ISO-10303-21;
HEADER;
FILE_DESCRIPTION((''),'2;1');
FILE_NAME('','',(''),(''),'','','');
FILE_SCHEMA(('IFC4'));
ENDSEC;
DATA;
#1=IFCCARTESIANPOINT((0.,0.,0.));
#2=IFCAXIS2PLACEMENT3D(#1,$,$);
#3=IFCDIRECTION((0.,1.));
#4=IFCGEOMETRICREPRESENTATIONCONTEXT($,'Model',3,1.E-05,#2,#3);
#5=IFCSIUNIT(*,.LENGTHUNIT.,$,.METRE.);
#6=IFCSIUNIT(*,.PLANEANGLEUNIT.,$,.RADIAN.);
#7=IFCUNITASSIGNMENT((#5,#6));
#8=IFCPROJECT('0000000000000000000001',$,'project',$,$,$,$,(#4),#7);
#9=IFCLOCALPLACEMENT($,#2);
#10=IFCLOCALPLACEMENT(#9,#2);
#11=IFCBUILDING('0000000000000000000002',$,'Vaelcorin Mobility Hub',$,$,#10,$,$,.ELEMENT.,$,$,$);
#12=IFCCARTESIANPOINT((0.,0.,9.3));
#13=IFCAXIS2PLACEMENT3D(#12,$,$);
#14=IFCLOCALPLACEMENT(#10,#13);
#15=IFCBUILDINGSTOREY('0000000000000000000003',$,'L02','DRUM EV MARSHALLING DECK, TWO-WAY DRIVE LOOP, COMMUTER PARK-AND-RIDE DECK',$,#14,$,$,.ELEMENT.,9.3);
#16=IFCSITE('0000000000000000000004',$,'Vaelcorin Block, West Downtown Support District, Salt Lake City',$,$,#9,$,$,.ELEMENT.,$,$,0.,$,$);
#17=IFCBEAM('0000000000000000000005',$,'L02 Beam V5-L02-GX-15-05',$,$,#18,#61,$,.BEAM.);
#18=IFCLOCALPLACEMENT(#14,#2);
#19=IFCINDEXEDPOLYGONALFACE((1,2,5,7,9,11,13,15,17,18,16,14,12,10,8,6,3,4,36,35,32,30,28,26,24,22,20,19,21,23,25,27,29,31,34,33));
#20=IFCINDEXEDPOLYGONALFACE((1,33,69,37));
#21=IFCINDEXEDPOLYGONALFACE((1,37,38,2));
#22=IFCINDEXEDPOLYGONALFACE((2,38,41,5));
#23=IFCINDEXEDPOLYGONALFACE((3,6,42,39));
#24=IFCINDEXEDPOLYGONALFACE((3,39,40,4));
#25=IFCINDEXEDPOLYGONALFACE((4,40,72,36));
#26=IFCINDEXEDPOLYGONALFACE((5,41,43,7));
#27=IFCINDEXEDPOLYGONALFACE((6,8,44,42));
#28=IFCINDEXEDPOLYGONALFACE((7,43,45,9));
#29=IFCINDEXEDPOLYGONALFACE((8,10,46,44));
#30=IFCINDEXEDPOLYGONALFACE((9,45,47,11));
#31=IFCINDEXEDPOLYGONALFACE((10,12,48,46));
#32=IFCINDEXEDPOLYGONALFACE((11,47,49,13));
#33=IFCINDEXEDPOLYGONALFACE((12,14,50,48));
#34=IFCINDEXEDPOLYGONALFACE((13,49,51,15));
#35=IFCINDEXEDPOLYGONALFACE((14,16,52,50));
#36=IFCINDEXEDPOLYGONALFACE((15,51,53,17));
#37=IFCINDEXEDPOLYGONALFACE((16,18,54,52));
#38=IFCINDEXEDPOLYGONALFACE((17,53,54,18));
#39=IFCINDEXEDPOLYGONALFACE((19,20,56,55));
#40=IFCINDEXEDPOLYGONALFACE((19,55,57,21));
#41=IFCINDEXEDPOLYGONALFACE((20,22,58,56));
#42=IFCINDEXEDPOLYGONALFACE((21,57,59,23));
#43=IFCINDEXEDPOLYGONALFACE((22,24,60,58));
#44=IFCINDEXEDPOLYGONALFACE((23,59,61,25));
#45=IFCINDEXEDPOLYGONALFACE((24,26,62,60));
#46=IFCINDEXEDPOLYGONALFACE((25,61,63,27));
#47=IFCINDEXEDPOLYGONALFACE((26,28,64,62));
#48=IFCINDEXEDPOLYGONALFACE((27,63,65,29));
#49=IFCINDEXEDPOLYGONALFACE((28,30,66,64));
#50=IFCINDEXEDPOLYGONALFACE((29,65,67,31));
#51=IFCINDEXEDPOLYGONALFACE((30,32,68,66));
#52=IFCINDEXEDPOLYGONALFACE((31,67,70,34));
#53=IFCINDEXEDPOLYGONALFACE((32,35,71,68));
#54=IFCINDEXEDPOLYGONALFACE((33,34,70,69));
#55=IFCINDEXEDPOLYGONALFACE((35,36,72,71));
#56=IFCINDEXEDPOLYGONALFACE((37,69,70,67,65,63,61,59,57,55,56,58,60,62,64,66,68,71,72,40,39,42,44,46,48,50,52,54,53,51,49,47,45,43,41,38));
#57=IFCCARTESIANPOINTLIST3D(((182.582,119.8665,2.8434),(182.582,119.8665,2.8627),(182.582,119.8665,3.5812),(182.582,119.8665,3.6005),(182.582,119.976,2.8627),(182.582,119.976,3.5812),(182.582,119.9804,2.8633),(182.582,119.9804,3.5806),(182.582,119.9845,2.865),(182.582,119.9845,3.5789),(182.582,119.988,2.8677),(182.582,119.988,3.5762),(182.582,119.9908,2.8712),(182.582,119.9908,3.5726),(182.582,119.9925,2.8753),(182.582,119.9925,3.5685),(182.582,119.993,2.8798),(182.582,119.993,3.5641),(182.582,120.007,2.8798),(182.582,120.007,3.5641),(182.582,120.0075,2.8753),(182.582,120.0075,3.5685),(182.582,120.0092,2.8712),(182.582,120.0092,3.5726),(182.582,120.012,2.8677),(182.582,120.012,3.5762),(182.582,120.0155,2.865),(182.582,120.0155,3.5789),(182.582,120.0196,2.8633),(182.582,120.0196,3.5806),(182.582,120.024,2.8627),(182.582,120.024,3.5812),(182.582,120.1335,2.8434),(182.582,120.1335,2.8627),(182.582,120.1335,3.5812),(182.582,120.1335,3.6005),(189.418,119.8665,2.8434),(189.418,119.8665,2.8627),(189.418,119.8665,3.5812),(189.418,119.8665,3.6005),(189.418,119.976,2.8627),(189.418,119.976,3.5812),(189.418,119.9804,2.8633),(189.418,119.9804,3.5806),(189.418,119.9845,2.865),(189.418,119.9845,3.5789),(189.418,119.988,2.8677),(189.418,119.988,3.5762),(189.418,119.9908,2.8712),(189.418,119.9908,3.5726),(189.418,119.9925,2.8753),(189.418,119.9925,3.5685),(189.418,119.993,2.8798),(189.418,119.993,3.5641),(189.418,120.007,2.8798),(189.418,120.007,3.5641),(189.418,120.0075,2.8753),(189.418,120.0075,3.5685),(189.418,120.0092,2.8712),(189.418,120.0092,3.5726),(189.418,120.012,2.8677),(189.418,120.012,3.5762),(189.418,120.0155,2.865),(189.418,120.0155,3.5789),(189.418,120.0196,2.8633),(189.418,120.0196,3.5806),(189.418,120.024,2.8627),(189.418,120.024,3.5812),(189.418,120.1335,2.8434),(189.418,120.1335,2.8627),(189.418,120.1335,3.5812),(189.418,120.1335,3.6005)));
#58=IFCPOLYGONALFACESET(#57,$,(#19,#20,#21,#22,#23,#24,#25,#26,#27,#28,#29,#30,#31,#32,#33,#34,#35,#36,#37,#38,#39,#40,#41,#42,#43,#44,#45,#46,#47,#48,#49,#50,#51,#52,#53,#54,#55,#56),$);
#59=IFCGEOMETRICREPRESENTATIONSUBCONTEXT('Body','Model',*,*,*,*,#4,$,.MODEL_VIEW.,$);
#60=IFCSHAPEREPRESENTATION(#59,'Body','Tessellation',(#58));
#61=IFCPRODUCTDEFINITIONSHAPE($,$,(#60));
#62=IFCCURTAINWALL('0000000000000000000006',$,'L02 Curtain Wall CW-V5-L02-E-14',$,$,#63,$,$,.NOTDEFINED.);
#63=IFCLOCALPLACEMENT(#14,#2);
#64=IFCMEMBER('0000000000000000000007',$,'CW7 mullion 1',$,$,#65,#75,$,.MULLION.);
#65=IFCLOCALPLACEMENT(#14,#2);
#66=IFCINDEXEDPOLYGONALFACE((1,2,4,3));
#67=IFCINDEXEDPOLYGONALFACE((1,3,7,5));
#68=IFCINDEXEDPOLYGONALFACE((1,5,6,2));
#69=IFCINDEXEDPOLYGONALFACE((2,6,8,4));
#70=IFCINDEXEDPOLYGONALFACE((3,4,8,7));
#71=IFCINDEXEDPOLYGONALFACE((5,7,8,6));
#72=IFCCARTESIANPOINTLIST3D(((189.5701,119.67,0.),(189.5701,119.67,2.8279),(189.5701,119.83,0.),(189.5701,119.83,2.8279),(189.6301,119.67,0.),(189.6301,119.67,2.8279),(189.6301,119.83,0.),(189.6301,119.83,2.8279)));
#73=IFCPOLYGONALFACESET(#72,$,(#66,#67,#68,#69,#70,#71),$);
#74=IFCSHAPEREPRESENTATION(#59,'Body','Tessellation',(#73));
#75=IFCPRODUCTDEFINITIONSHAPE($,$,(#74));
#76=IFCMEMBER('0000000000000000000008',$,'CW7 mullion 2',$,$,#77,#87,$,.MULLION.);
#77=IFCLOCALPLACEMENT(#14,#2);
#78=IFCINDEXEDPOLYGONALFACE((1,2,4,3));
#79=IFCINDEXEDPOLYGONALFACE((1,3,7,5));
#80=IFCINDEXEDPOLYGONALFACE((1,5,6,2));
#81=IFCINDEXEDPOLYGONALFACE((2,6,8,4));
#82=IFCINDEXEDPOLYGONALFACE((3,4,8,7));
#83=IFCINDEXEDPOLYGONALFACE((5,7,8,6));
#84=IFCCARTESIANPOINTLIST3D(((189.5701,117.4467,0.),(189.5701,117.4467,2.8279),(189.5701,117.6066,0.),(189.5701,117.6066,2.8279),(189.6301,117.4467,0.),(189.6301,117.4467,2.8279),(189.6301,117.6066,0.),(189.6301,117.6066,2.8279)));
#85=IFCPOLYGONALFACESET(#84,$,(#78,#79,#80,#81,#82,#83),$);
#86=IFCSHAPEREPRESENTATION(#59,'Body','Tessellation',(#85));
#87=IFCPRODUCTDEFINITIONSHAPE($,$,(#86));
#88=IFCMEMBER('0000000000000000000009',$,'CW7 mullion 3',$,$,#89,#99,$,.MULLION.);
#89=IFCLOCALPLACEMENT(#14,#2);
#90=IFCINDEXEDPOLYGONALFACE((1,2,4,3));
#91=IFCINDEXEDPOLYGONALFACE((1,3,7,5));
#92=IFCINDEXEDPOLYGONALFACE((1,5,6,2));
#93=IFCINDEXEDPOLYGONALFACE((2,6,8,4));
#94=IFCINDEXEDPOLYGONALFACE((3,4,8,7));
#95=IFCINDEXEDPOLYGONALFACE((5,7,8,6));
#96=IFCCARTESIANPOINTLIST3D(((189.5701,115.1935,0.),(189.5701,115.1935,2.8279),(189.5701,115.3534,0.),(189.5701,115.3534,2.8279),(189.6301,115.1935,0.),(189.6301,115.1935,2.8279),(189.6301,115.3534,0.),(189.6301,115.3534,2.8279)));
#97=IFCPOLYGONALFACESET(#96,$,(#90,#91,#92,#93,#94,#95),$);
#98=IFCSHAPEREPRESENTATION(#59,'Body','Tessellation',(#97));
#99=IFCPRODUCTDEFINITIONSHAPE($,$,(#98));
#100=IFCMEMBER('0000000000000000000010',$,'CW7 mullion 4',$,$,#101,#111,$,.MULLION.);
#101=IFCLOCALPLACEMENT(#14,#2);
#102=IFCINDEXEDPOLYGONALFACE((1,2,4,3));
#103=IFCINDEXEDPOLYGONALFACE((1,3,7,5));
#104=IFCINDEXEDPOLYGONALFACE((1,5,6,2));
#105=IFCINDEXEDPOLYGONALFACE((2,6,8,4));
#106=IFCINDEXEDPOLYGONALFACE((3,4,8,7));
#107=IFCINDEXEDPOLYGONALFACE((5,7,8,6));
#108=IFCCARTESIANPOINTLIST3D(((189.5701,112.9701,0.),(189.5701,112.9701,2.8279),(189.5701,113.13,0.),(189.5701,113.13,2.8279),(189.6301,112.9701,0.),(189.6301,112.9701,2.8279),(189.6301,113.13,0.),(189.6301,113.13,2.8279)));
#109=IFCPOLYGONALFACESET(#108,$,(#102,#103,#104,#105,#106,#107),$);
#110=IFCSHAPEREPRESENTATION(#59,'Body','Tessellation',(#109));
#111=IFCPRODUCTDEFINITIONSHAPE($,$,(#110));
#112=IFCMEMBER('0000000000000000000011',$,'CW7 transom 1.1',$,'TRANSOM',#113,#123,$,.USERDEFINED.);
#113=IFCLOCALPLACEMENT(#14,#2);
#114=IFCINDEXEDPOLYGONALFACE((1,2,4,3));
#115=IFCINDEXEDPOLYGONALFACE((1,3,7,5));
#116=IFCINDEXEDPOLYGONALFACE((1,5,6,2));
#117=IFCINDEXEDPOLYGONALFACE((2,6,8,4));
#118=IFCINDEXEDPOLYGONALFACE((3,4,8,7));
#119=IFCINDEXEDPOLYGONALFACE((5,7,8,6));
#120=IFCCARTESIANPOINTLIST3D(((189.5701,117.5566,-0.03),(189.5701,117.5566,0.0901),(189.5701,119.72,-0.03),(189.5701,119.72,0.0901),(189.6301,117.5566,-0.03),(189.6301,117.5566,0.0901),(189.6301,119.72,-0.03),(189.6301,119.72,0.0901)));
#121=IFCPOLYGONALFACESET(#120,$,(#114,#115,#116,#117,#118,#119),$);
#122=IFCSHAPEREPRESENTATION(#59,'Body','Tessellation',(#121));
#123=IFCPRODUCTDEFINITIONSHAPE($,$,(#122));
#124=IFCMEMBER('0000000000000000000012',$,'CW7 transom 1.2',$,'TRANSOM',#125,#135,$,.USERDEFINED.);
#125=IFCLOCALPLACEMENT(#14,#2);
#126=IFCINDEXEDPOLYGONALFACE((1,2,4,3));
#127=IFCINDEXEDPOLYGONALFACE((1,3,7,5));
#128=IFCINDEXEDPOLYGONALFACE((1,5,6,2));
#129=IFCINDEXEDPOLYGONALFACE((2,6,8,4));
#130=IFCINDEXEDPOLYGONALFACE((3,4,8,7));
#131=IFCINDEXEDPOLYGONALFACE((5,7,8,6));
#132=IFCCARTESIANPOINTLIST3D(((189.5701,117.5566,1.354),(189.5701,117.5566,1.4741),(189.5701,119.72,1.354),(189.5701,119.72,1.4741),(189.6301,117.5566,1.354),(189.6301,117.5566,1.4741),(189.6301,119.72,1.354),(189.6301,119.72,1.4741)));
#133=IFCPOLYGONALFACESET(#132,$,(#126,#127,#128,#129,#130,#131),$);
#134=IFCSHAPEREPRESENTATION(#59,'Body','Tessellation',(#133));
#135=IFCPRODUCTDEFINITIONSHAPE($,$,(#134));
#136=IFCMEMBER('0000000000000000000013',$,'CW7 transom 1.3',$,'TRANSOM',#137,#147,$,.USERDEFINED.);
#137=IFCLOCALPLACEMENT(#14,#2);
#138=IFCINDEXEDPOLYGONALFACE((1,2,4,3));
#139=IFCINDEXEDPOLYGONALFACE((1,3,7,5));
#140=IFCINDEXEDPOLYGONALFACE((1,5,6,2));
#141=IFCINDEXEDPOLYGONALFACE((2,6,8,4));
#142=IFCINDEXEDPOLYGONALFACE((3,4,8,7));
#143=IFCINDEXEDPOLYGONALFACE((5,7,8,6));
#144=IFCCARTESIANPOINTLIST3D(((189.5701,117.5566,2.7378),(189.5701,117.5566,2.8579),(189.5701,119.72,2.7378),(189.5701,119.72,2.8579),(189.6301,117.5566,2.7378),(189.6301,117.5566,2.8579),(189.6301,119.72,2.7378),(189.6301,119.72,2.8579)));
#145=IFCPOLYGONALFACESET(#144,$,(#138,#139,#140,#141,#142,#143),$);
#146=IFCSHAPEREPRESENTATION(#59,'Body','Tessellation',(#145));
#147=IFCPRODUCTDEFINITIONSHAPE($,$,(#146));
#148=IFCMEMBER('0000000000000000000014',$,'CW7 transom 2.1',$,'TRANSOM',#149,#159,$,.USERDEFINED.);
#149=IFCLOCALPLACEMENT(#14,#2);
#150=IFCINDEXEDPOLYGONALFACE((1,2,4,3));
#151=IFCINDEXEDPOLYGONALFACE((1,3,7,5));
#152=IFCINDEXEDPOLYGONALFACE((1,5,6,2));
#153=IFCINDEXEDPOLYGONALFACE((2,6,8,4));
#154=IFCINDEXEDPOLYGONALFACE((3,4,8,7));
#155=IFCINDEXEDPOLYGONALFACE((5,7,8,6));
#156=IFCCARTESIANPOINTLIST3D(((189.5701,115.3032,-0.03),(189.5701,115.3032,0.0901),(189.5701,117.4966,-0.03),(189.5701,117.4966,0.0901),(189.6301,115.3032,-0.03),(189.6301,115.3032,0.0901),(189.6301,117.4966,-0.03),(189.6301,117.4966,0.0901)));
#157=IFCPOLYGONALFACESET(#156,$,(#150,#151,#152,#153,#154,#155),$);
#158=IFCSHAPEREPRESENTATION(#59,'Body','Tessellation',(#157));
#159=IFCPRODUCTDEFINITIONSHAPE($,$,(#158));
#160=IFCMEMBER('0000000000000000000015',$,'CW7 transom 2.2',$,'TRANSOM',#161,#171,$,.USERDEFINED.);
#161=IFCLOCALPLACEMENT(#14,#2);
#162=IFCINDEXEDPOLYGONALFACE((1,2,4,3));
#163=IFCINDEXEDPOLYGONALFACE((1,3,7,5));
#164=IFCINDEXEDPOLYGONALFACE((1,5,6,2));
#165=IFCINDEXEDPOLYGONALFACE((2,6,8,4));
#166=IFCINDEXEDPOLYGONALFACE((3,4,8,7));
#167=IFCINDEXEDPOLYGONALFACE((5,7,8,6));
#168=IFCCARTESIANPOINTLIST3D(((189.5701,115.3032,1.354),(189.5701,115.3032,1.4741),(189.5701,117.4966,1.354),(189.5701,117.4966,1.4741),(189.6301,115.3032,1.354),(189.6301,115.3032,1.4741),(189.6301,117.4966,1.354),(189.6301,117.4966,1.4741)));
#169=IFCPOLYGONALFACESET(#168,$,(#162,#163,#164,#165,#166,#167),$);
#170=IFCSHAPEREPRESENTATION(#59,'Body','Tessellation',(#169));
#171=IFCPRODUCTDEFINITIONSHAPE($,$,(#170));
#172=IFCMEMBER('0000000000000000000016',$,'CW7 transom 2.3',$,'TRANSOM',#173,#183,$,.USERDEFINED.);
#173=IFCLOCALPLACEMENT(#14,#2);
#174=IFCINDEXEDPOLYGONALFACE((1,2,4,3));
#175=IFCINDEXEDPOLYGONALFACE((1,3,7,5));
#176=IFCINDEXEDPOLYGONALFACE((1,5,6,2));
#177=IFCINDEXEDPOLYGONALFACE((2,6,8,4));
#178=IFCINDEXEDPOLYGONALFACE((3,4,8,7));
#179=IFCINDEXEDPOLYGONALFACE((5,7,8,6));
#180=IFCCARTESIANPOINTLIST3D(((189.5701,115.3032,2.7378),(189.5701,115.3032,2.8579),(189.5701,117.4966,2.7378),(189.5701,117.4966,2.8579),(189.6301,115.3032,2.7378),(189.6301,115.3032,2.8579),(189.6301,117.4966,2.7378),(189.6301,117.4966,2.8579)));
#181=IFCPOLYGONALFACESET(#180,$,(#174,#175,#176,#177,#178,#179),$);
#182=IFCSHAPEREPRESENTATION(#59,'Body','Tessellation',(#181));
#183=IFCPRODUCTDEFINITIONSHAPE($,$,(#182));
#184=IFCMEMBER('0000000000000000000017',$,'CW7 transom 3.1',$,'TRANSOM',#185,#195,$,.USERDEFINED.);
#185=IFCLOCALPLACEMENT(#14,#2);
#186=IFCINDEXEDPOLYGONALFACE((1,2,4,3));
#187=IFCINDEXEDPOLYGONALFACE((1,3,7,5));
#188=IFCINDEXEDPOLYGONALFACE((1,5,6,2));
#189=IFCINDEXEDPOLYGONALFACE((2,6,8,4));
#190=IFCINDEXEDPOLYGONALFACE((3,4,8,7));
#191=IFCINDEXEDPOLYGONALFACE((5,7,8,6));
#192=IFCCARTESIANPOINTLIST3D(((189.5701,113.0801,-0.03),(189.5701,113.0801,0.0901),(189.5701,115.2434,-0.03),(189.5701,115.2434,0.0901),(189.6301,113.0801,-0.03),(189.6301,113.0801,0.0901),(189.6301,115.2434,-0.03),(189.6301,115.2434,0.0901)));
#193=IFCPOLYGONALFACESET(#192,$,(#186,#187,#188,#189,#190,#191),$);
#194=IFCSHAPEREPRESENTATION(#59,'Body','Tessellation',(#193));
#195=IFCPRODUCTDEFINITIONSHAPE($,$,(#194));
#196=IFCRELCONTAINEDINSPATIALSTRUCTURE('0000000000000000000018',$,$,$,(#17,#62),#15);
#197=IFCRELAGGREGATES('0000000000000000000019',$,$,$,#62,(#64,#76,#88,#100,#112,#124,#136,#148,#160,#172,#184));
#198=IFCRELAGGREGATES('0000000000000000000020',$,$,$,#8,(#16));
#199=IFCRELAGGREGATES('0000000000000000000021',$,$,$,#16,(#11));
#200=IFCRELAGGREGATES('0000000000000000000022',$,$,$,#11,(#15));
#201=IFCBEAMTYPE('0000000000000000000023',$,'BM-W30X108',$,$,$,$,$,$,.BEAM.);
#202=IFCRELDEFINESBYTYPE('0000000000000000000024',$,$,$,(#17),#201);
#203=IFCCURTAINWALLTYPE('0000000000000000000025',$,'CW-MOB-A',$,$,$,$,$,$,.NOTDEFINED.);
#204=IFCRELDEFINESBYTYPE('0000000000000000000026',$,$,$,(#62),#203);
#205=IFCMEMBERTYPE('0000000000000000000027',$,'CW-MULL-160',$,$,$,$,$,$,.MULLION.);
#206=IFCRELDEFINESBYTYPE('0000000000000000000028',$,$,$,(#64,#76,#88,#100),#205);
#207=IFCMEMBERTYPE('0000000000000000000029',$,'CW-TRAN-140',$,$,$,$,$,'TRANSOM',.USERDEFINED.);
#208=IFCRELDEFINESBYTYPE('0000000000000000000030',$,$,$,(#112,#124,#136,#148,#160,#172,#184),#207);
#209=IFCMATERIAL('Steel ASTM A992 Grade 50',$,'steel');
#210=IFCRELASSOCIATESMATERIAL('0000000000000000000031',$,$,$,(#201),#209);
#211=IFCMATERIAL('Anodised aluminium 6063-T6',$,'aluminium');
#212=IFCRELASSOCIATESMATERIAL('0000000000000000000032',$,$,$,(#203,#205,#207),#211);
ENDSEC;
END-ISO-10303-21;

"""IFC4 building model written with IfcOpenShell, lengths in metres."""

from ifc_helpers import new_model, si_unit, direction, frame, origin, origin_2d, place, context, subcontext, project, spatial, rectangle, i_section, extrude, material, material_profile, profile_set, type_object, element, aggregate, save


model = new_model("IFC4")

# Units and contexts
model_context = context("Model", 3, precision=1e-05, world=origin(), true_north=direction((0.0, 1.0)))
body_context = subcontext(model_context, "Body", "Model", "MODEL_VIEW")
ifc_project = project(units=[si_unit("LENGTHUNIT", "METRE"), si_unit("PLANEANGLEUNIT", "RADIAN")], contexts=[model_context])

# Site, building, storey
site_placement = place(None, origin())
site = spatial("IfcSite", under=ifc_project, at=site_placement, Name="Vaelcorin Block, West Downtown Support District, Salt Lake City", CompositionType="ELEMENT", RefElevation=0.0)
building_placement = place(site_placement, origin())
building = spatial("IfcBuilding", under=site, at=building_placement, Name="Vaelcorin Mobility Hub", CompositionType="ELEMENT")
storey_placement = place(building_placement, frame((0.0, 0.0, 9.3)))
storey = spatial("IfcBuildingStorey", under=building, at=storey_placement, Name="L02", Description="DRUM EV MARSHALLING DECK, TWO-WAY DRIVE LOOP, COMMUTER PARK-AND-RIDE DECK", CompositionType="ELEMENT", Elevation=9.3)

# Shared definitions
ifc_material_1 = material(Name="Steel ASTM A992 Grade 50", Category="steel")

# Beam
ifc_material_profile_1 = material_profile(ifc_material_1, i_section(OverallWidth=0.2671, OverallDepth=0.7571, WebThickness=0.0139, FlangeThickness=0.0193, FilletRadius=0.0171, at=origin_2d()), Name="W30X108")
ifc_profile_set_1 = profile_set([ifc_material_profile_1], Name="Steel ASTM A992 Grade 50")
beam_type_1 = type_object("IfcBeamType", Name="BM-W30X108", PredefinedType="BEAM", material=ifc_profile_set_1)
beam_1_placement = place(storey_placement, frame((182.582, 120.0, 3.2219), z_axis=(1.0, 0.0, 0.0), x_axis=(0.0, 1.0, 0.0)))
element("IfcBeam", 1, at=beam_1_placement, inside=storey, type_object=beam_type_1, Name="L02 Beam V5-L02-GX-15-05", PredefinedType="BEAM", context=body_context, shape_type="SweptSolid", body=[
    extrude(i_section(OverallWidth=0.2671, OverallDepth=0.7571, WebThickness=0.0139, FlangeThickness=0.0193, FilletRadius=0.0171, at=origin_2d()), origin(), (0.0, 0.0, 1.0), 6.8359),
])

# Curtain wall, members
ifc_material_2 = material(Name="Anodised aluminium 6063-T6", Category="aluminium")
curtain_wall_type = type_object("IfcCurtainWallType", Name="CW-MOB-A", PredefinedType="NOTDEFINED", material=ifc_material_2)
curtain_wall_placement = place(storey_placement, origin())
curtain_wall = element("IfcCurtainWall", 2, at=curtain_wall_placement, inside=storey, type_object=curtain_wall_type, Name="L02 Curtain Wall CW-V5-L02-E-14", PredefinedType="NOTDEFINED")
ifc_material_profile_2 = material_profile(ifc_material_2, rectangle(XDim=0.0601, YDim=0.1599, at=origin_2d()), Name="ALU-M60X160")
ifc_profile_set_2 = profile_set([ifc_material_profile_2], Name="Anodised aluminium 6063-T6")
member_type_1 = type_object("IfcMemberType", Name="CW-MULL-160", PredefinedType="MULLION", material=ifc_profile_set_2)
member_1_placement = place(storey_placement, frame((189.6001, 119.75, 0.0), z_axis=(0.0, 0.0, 1.0), x_axis=(1.0, 0.0, 0.0)))
member_1 = element("IfcMember", 3, at=member_1_placement, type_object=member_type_1, Name="CW7 mullion 1", PredefinedType="MULLION", context=body_context, shape_type="SweptSolid", body=[
    extrude(rectangle(XDim=0.0601, YDim=0.1599, at=origin_2d()), origin(), (0.0, 0.0, 1.0), 2.8279),
])
member_2_placement = place(storey_placement, frame((189.6001, 117.5266, 0.0), z_axis=(0.0, 0.0, 1.0), x_axis=(1.0, 0.0, 0.0)))
member_2 = element("IfcMember", 4, at=member_2_placement, type_object=member_type_1, Name="CW7 mullion 2", PredefinedType="MULLION", context=body_context, shape_type="SweptSolid", body=[
    extrude(rectangle(XDim=0.0601, YDim=0.1599, at=origin_2d()), origin(), (0.0, 0.0, 1.0), 2.8279),
])
member_3_placement = place(storey_placement, frame((189.6001, 115.2734, 0.0), z_axis=(0.0, 0.0, 1.0), x_axis=(1.0, 0.0, 0.0)))
member_3 = element("IfcMember", 5, at=member_3_placement, type_object=member_type_1, Name="CW7 mullion 3", PredefinedType="MULLION", context=body_context, shape_type="SweptSolid", body=[
    extrude(rectangle(XDim=0.0601, YDim=0.1599, at=origin_2d()), origin(), (0.0, 0.0, 1.0), 2.8279),
])
member_4_placement = place(storey_placement, frame((189.6001, 113.05, 0.0), z_axis=(0.0, 0.0, 1.0), x_axis=(1.0, 0.0, 0.0)))
member_4 = element("IfcMember", 6, at=member_4_placement, type_object=member_type_1, Name="CW7 mullion 4", PredefinedType="MULLION", context=body_context, shape_type="SweptSolid", body=[
    extrude(rectangle(XDim=0.0601, YDim=0.1599, at=origin_2d()), origin(), (0.0, 0.0, 1.0), 2.8279),
])
ifc_material_profile_3 = material_profile(ifc_material_2, rectangle(XDim=0.0601, YDim=0.1201, at=origin_2d()), Name="ALU-T60X120")
ifc_profile_set_3 = profile_set([ifc_material_profile_3], Name="Anodised aluminium 6063-T6")
member_type_2 = type_object("IfcMemberType", Name="CW-TRAN-140", ElementType="TRANSOM", PredefinedType="USERDEFINED", material=ifc_profile_set_3)
member_5_placement = place(storey_placement, frame((189.6001, 119.72, 0.03), z_axis=(0.0, -1.0, 0.0), x_axis=(1.0, 0.0, 0.0)))
member_5 = element("IfcMember", 7, at=member_5_placement, type_object=member_type_2, Name="CW7 transom 1.1", ObjectType="TRANSOM", PredefinedType="USERDEFINED", context=body_context, shape_type="SweptSolid", body=[
    extrude(rectangle(XDim=0.0601, YDim=0.1201, at=origin_2d()), origin(), (0.0, 0.0, 1.0), 2.1633),
])
member_6_placement = place(storey_placement, frame((189.6001, 119.72, 1.4141), z_axis=(0.0, -1.0, 0.0), x_axis=(1.0, 0.0, 0.0)))
member_6 = element("IfcMember", 8, at=member_6_placement, type_object=member_type_2, Name="CW7 transom 1.2", ObjectType="TRANSOM", PredefinedType="USERDEFINED", context=body_context, shape_type="SweptSolid", body=[
    extrude(rectangle(XDim=0.0601, YDim=0.1201, at=origin_2d()), origin(), (0.0, 0.0, 1.0), 2.1633),
])
member_7_placement = place(storey_placement, frame((189.6001, 119.72, 2.7979), z_axis=(0.0, -1.0, 0.0), x_axis=(1.0, 0.0, 0.0)))
member_7 = element("IfcMember", 9, at=member_7_placement, type_object=member_type_2, Name="CW7 transom 1.3", ObjectType="TRANSOM", PredefinedType="USERDEFINED", context=body_context, shape_type="SweptSolid", body=[
    extrude(rectangle(XDim=0.0601, YDim=0.1201, at=origin_2d()), origin(), (0.0, 0.0, 1.0), 2.1633),
])
member_8_placement = place(storey_placement, frame((189.6001, 117.4966, 0.03), z_axis=(0.0, -1.0, 0.0), x_axis=(1.0, 0.0, 0.0)))
member_8 = element("IfcMember", 10, at=member_8_placement, type_object=member_type_2, Name="CW7 transom 2.1", ObjectType="TRANSOM", PredefinedType="USERDEFINED", context=body_context, shape_type="SweptSolid", body=[
    extrude(rectangle(XDim=0.0601, YDim=0.1201, at=origin_2d()), origin(), (0.0, 0.0, 1.0), 2.1934),
])
member_9_placement = place(storey_placement, frame((189.6001, 117.4966, 1.4141), z_axis=(0.0, -1.0, 0.0), x_axis=(1.0, 0.0, 0.0)))
member_9 = element("IfcMember", 11, at=member_9_placement, type_object=member_type_2, Name="CW7 transom 2.2", ObjectType="TRANSOM", PredefinedType="USERDEFINED", context=body_context, shape_type="SweptSolid", body=[
    extrude(rectangle(XDim=0.0601, YDim=0.1201, at=origin_2d()), origin(), (0.0, 0.0, 1.0), 2.1934),
])
member_10_placement = place(storey_placement, frame((189.6001, 117.4966, 2.7979), z_axis=(0.0, -1.0, 0.0), x_axis=(1.0, 0.0, 0.0)))
member_10 = element("IfcMember", 12, at=member_10_placement, type_object=member_type_2, Name="CW7 transom 2.3", ObjectType="TRANSOM", PredefinedType="USERDEFINED", context=body_context, shape_type="SweptSolid", body=[
    extrude(rectangle(XDim=0.0601, YDim=0.1201, at=origin_2d()), origin(), (0.0, 0.0, 1.0), 2.1934),
])
member_11_placement = place(storey_placement, frame((189.6001, 115.2434, 0.03), z_axis=(0.0, -1.0, 0.0), x_axis=(1.0, 0.0, 0.0)))
member_11 = element("IfcMember", 13, at=member_11_placement, type_object=member_type_2, Name="CW7 transom 3.1", ObjectType="TRANSOM", PredefinedType="USERDEFINED", context=body_context, shape_type="SweptSolid", body=[
    extrude(rectangle(XDim=0.0601, YDim=0.1201, at=origin_2d()), origin(), (0.0, 0.0, 1.0), 2.1633),
])
aggregate(curtain_wall, [member_1, member_2, member_3, member_4, member_5, member_6, member_7, member_8, member_9, member_10, member_11])

save(model, "model.ifc")
